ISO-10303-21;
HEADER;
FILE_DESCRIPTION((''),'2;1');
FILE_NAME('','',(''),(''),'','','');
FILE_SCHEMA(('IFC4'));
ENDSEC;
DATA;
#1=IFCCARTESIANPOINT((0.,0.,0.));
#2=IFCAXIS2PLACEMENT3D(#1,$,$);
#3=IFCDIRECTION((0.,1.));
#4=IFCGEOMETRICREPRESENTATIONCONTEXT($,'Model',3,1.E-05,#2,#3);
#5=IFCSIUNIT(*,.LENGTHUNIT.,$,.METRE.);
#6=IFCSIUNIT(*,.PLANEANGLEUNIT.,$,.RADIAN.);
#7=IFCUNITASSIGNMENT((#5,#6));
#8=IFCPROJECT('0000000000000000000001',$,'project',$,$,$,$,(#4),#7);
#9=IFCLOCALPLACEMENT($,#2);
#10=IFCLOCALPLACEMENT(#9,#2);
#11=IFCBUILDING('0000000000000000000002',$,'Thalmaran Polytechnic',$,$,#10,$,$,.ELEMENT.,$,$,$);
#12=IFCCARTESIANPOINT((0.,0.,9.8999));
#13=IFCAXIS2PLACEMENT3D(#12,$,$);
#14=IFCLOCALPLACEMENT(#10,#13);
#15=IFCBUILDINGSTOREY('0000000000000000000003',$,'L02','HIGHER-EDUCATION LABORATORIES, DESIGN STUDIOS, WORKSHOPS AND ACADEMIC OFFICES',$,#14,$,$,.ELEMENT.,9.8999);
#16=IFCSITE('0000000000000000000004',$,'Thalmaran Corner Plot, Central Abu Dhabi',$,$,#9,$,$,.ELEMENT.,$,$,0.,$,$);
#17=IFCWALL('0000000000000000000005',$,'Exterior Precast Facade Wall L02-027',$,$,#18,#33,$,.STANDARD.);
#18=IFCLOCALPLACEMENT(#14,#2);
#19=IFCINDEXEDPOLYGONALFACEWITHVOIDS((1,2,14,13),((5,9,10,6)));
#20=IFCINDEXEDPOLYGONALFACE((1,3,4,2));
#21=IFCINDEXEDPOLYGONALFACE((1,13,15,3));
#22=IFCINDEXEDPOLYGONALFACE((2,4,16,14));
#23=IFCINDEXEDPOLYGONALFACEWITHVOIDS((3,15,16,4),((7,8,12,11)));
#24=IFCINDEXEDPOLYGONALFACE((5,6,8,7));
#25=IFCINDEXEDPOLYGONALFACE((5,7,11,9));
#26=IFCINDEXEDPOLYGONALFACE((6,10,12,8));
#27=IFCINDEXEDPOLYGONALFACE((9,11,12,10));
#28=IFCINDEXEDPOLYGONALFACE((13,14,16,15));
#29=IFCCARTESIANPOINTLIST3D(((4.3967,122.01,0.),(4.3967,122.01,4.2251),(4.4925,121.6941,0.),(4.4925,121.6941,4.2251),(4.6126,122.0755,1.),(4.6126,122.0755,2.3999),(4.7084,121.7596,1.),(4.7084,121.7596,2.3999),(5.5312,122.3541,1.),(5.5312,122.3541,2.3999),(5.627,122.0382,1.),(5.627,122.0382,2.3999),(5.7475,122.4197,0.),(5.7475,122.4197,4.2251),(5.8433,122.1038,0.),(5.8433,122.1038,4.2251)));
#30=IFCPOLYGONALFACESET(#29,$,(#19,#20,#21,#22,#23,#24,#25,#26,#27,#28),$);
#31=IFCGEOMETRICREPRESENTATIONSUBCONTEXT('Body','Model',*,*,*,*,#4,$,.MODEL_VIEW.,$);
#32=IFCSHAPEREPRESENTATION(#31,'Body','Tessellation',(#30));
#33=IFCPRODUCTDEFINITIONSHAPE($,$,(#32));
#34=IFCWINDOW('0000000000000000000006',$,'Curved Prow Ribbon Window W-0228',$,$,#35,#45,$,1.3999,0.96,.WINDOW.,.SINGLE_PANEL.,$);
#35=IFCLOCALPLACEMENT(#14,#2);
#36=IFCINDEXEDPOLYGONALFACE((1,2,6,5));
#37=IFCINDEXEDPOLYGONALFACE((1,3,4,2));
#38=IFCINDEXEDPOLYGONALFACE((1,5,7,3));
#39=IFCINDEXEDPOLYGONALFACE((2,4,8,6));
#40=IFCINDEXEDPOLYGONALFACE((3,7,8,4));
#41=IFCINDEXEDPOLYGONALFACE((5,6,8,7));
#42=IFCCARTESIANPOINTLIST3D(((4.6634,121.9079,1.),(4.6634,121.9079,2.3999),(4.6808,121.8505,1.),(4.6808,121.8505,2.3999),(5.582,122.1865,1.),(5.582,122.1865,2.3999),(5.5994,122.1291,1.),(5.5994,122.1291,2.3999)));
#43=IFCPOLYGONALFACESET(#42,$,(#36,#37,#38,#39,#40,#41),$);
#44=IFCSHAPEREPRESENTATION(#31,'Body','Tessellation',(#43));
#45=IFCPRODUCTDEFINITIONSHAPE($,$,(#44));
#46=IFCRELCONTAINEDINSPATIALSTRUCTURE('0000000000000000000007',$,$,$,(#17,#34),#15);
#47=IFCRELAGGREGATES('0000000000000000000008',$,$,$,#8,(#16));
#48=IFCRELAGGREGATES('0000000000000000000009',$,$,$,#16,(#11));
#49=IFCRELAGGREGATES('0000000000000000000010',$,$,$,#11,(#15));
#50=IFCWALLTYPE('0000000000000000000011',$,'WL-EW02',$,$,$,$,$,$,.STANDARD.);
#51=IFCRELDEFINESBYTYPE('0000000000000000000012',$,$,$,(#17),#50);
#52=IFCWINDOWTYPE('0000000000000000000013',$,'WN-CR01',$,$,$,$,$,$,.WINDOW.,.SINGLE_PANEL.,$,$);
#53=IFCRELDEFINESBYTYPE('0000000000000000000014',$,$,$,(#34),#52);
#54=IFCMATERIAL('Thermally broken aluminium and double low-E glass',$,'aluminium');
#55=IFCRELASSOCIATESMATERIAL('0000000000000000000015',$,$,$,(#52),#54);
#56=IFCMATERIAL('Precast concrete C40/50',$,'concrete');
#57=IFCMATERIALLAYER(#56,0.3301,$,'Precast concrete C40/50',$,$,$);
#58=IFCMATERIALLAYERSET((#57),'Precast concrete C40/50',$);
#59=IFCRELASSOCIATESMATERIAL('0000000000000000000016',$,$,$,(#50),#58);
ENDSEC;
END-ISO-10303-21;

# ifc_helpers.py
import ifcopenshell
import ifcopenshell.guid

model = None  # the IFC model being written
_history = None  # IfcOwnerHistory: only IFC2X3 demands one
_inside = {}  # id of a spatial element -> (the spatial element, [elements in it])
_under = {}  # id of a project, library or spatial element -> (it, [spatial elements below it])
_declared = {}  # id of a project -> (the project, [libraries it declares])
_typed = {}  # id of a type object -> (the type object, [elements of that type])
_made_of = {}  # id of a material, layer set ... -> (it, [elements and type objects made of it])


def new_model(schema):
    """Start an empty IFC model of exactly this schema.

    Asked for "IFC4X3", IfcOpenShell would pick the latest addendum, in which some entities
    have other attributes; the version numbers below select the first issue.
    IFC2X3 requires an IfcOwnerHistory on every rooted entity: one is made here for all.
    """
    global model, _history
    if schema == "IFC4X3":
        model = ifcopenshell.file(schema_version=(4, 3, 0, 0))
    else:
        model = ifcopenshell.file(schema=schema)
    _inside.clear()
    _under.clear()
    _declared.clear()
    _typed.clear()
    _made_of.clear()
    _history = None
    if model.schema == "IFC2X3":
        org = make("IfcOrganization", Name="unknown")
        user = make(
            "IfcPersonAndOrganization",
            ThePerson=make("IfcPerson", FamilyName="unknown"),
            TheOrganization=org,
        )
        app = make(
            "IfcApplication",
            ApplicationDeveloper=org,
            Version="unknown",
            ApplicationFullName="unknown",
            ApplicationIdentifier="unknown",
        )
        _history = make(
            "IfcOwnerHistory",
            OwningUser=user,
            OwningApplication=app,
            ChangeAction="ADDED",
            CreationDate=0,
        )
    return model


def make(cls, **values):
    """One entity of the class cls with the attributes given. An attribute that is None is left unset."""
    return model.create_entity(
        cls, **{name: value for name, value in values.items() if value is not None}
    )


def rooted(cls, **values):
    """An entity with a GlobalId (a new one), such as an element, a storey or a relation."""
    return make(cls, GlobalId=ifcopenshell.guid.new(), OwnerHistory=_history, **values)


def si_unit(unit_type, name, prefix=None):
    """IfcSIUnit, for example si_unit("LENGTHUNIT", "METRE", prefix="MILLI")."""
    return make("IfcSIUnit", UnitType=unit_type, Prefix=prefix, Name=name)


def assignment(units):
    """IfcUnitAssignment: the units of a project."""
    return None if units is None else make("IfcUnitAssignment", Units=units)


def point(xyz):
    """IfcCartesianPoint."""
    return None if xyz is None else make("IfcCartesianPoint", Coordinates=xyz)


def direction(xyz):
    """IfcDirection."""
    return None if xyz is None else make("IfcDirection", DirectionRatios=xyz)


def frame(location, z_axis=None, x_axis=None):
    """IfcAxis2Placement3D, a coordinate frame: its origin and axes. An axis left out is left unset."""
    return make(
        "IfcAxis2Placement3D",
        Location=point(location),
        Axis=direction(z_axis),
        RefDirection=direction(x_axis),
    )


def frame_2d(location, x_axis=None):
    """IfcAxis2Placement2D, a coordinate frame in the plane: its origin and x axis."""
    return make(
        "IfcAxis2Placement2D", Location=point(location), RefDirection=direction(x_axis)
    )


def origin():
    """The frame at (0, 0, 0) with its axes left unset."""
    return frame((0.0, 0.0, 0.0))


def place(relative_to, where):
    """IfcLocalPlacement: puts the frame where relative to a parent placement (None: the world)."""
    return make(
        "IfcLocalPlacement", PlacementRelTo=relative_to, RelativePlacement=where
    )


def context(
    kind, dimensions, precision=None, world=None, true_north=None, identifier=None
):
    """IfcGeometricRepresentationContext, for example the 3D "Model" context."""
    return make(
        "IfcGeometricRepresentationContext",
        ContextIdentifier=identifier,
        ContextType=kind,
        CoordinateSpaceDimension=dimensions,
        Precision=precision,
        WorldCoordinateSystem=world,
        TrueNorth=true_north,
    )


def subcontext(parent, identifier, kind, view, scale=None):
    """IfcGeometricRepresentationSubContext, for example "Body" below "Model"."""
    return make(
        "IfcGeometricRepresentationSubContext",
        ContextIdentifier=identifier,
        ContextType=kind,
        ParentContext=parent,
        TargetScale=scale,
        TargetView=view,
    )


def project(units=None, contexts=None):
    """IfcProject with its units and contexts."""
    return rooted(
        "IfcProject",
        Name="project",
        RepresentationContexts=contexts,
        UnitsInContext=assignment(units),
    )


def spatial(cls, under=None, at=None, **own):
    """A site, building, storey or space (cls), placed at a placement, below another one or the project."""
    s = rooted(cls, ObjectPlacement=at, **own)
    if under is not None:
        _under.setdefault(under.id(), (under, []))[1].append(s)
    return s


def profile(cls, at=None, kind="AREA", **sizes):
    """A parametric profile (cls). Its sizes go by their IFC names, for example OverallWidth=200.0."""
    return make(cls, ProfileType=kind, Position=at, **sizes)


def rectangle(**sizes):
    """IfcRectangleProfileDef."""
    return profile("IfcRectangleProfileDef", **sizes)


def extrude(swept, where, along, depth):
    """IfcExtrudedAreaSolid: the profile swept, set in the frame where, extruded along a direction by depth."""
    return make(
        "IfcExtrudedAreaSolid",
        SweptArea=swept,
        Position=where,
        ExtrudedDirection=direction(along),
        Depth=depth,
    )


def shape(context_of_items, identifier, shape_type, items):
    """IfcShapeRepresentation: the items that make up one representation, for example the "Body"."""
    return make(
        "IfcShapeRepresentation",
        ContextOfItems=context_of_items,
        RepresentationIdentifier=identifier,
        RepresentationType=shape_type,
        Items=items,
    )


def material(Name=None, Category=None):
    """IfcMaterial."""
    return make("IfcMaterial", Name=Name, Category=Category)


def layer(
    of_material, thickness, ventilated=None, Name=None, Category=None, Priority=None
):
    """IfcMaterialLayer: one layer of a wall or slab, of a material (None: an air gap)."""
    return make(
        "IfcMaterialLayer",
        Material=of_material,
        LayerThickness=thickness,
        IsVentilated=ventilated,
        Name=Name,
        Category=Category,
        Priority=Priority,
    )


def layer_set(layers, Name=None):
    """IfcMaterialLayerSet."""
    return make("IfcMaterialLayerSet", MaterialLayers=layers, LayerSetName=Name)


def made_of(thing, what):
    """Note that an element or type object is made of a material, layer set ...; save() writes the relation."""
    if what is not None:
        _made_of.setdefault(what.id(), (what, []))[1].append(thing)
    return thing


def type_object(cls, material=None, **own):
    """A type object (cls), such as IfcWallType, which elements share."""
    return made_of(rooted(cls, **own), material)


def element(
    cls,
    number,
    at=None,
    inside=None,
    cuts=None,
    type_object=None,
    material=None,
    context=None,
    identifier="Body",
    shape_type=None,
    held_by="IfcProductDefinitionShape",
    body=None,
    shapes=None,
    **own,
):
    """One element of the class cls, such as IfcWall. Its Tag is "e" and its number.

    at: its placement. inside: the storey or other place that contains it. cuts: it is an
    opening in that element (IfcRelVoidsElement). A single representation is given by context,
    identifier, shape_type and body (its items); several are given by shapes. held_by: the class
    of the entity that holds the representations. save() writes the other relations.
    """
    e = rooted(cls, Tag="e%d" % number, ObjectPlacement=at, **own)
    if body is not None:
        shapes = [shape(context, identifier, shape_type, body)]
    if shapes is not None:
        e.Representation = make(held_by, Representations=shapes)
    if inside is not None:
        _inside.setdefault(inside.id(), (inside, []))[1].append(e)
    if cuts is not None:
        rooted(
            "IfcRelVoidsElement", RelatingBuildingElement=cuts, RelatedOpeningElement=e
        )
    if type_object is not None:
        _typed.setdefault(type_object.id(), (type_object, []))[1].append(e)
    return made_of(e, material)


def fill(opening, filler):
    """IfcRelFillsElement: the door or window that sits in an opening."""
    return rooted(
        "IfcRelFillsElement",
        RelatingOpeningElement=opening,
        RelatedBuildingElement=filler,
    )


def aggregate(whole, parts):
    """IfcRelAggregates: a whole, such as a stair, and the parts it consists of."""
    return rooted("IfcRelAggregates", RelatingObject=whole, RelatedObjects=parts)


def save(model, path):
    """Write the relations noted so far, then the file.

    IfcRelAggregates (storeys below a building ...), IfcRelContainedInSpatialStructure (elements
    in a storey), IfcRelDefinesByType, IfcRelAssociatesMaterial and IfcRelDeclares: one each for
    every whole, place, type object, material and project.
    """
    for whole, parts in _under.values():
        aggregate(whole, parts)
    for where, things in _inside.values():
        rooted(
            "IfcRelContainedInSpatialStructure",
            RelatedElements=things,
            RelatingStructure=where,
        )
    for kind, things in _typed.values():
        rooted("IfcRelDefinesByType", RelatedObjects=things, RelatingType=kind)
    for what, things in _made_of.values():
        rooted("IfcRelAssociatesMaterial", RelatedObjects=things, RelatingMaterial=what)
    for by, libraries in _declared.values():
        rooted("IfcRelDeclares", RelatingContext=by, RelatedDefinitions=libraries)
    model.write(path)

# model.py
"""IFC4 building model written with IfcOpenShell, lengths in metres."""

from ifc_helpers import new_model, si_unit, direction, frame, frame_2d, origin, place, context, subcontext, project, spatial, rectangle, extrude, material, layer, layer_set, type_object, element, fill, save


model = new_model("IFC4")

# Units and contexts
model_context = context("Model", 3, precision=1e-05, world=origin(), true_north=direction((0.0, 1.0)))
body_context = subcontext(model_context, "Body", "Model", "MODEL_VIEW")
ifc_project = project(units=[si_unit("LENGTHUNIT", "METRE"), si_unit("PLANEANGLEUNIT", "RADIAN")], contexts=[model_context])

# Site, building, storey
site_placement = place(None, origin())
site = spatial("IfcSite", under=ifc_project, at=site_placement, Name="Thalmaran Corner Plot, Central Abu Dhabi", CompositionType="ELEMENT", RefElevation=0.0)
building_placement = place(site_placement, origin())
building = spatial("IfcBuilding", under=site, at=building_placement, Name="Thalmaran Polytechnic", CompositionType="ELEMENT")
storey_placement = place(building_placement, frame((0.0, 0.0, 9.8999)))
storey = spatial("IfcBuildingStorey", under=building, at=storey_placement, Name="L02", Description="HIGHER-EDUCATION LABORATORIES, DESIGN STUDIOS, WORKSHOPS AND ACADEMIC OFFICES", CompositionType="ELEMENT", Elevation=9.8999)

# Wall, opening, window
ifc_material_1 = material(Name="Precast concrete C40/50", Category="concrete")
ifc_material_2 = material(Name="Thermally broken aluminium and double low-E glass", Category="aluminium")
window_type = type_object("IfcWindowType", Name="WN-CR01", PartitioningType="SINGLE_PANEL", PredefinedType="WINDOW", material=ifc_material_2)
ifc_layer_1 = layer(ifc_material_1, 0.3301, Name="Precast concrete C40/50")
ifc_layer_set_1 = layer_set([ifc_layer_1], Name="Precast concrete C40/50")
wall_type_1 = type_object("IfcWallType", Name="WL-EW02", PredefinedType="STANDARD", material=ifc_layer_set_1)
wall_1_placement = place(storey_placement, frame((4.4446, 121.8521, 0.0), z_axis=(0.0, 0.0, 1.0), x_axis=(0.95696, 0.290219, 0.0)))
wall_1 = element("IfcWall", 1, at=wall_1_placement, inside=storey, type_object=wall_type_1, Name="Exterior Precast Facade Wall L02-027", PredefinedType="STANDARD", context=body_context, shape_type="SweptSolid", body=[
    extrude(rectangle(XDim=1.4116, YDim=0.3301, at=frame_2d((0.7058, 0.0))), origin(), (0.0, 0.0, 1.0), 4.2251),
])
opening_1_placement = place(wall_1_placement, frame((0.2256, 0.0, 1.0)))
opening_1 = element("IfcOpeningElement", 2, at=opening_1_placement, cuts=wall_1, PredefinedType="OPENING", context=body_context, shape_type="SweptSolid", body=[
    extrude(rectangle(XDim=0.96, YDim=1.3999, at=frame_2d((0.48, 0.7))), frame((0.0, 0.175, 0.0), z_axis=(0.0, -1.0, 0.0), x_axis=(1.0, 0.0, 0.0)), (0.0, 0.0, 1.0), 0.3501),
])
window_1_placement = place(opening_1_placement, origin())
window_1 = element("IfcWindow", 3, at=window_1_placement, inside=storey, type_object=window_type, Name="Curved Prow Ribbon Window W-0228", OverallHeight=1.3999, OverallWidth=0.96, PartitioningType="SINGLE_PANEL", PredefinedType="WINDOW", context=body_context, shape_type="SweptSolid", body=[
    extrude(rectangle(XDim=0.96, YDim=1.3999, at=frame_2d((0.48, 0.7))), frame((0.0, -0.01, 0.0), z_axis=(0.0, -1.0, 0.0), x_axis=(1.0, 0.0, 0.0)), (0.0, 0.0, 1.0), 0.0601),
])
fill(opening_1, window_1)

save(model, "model.ifc")
